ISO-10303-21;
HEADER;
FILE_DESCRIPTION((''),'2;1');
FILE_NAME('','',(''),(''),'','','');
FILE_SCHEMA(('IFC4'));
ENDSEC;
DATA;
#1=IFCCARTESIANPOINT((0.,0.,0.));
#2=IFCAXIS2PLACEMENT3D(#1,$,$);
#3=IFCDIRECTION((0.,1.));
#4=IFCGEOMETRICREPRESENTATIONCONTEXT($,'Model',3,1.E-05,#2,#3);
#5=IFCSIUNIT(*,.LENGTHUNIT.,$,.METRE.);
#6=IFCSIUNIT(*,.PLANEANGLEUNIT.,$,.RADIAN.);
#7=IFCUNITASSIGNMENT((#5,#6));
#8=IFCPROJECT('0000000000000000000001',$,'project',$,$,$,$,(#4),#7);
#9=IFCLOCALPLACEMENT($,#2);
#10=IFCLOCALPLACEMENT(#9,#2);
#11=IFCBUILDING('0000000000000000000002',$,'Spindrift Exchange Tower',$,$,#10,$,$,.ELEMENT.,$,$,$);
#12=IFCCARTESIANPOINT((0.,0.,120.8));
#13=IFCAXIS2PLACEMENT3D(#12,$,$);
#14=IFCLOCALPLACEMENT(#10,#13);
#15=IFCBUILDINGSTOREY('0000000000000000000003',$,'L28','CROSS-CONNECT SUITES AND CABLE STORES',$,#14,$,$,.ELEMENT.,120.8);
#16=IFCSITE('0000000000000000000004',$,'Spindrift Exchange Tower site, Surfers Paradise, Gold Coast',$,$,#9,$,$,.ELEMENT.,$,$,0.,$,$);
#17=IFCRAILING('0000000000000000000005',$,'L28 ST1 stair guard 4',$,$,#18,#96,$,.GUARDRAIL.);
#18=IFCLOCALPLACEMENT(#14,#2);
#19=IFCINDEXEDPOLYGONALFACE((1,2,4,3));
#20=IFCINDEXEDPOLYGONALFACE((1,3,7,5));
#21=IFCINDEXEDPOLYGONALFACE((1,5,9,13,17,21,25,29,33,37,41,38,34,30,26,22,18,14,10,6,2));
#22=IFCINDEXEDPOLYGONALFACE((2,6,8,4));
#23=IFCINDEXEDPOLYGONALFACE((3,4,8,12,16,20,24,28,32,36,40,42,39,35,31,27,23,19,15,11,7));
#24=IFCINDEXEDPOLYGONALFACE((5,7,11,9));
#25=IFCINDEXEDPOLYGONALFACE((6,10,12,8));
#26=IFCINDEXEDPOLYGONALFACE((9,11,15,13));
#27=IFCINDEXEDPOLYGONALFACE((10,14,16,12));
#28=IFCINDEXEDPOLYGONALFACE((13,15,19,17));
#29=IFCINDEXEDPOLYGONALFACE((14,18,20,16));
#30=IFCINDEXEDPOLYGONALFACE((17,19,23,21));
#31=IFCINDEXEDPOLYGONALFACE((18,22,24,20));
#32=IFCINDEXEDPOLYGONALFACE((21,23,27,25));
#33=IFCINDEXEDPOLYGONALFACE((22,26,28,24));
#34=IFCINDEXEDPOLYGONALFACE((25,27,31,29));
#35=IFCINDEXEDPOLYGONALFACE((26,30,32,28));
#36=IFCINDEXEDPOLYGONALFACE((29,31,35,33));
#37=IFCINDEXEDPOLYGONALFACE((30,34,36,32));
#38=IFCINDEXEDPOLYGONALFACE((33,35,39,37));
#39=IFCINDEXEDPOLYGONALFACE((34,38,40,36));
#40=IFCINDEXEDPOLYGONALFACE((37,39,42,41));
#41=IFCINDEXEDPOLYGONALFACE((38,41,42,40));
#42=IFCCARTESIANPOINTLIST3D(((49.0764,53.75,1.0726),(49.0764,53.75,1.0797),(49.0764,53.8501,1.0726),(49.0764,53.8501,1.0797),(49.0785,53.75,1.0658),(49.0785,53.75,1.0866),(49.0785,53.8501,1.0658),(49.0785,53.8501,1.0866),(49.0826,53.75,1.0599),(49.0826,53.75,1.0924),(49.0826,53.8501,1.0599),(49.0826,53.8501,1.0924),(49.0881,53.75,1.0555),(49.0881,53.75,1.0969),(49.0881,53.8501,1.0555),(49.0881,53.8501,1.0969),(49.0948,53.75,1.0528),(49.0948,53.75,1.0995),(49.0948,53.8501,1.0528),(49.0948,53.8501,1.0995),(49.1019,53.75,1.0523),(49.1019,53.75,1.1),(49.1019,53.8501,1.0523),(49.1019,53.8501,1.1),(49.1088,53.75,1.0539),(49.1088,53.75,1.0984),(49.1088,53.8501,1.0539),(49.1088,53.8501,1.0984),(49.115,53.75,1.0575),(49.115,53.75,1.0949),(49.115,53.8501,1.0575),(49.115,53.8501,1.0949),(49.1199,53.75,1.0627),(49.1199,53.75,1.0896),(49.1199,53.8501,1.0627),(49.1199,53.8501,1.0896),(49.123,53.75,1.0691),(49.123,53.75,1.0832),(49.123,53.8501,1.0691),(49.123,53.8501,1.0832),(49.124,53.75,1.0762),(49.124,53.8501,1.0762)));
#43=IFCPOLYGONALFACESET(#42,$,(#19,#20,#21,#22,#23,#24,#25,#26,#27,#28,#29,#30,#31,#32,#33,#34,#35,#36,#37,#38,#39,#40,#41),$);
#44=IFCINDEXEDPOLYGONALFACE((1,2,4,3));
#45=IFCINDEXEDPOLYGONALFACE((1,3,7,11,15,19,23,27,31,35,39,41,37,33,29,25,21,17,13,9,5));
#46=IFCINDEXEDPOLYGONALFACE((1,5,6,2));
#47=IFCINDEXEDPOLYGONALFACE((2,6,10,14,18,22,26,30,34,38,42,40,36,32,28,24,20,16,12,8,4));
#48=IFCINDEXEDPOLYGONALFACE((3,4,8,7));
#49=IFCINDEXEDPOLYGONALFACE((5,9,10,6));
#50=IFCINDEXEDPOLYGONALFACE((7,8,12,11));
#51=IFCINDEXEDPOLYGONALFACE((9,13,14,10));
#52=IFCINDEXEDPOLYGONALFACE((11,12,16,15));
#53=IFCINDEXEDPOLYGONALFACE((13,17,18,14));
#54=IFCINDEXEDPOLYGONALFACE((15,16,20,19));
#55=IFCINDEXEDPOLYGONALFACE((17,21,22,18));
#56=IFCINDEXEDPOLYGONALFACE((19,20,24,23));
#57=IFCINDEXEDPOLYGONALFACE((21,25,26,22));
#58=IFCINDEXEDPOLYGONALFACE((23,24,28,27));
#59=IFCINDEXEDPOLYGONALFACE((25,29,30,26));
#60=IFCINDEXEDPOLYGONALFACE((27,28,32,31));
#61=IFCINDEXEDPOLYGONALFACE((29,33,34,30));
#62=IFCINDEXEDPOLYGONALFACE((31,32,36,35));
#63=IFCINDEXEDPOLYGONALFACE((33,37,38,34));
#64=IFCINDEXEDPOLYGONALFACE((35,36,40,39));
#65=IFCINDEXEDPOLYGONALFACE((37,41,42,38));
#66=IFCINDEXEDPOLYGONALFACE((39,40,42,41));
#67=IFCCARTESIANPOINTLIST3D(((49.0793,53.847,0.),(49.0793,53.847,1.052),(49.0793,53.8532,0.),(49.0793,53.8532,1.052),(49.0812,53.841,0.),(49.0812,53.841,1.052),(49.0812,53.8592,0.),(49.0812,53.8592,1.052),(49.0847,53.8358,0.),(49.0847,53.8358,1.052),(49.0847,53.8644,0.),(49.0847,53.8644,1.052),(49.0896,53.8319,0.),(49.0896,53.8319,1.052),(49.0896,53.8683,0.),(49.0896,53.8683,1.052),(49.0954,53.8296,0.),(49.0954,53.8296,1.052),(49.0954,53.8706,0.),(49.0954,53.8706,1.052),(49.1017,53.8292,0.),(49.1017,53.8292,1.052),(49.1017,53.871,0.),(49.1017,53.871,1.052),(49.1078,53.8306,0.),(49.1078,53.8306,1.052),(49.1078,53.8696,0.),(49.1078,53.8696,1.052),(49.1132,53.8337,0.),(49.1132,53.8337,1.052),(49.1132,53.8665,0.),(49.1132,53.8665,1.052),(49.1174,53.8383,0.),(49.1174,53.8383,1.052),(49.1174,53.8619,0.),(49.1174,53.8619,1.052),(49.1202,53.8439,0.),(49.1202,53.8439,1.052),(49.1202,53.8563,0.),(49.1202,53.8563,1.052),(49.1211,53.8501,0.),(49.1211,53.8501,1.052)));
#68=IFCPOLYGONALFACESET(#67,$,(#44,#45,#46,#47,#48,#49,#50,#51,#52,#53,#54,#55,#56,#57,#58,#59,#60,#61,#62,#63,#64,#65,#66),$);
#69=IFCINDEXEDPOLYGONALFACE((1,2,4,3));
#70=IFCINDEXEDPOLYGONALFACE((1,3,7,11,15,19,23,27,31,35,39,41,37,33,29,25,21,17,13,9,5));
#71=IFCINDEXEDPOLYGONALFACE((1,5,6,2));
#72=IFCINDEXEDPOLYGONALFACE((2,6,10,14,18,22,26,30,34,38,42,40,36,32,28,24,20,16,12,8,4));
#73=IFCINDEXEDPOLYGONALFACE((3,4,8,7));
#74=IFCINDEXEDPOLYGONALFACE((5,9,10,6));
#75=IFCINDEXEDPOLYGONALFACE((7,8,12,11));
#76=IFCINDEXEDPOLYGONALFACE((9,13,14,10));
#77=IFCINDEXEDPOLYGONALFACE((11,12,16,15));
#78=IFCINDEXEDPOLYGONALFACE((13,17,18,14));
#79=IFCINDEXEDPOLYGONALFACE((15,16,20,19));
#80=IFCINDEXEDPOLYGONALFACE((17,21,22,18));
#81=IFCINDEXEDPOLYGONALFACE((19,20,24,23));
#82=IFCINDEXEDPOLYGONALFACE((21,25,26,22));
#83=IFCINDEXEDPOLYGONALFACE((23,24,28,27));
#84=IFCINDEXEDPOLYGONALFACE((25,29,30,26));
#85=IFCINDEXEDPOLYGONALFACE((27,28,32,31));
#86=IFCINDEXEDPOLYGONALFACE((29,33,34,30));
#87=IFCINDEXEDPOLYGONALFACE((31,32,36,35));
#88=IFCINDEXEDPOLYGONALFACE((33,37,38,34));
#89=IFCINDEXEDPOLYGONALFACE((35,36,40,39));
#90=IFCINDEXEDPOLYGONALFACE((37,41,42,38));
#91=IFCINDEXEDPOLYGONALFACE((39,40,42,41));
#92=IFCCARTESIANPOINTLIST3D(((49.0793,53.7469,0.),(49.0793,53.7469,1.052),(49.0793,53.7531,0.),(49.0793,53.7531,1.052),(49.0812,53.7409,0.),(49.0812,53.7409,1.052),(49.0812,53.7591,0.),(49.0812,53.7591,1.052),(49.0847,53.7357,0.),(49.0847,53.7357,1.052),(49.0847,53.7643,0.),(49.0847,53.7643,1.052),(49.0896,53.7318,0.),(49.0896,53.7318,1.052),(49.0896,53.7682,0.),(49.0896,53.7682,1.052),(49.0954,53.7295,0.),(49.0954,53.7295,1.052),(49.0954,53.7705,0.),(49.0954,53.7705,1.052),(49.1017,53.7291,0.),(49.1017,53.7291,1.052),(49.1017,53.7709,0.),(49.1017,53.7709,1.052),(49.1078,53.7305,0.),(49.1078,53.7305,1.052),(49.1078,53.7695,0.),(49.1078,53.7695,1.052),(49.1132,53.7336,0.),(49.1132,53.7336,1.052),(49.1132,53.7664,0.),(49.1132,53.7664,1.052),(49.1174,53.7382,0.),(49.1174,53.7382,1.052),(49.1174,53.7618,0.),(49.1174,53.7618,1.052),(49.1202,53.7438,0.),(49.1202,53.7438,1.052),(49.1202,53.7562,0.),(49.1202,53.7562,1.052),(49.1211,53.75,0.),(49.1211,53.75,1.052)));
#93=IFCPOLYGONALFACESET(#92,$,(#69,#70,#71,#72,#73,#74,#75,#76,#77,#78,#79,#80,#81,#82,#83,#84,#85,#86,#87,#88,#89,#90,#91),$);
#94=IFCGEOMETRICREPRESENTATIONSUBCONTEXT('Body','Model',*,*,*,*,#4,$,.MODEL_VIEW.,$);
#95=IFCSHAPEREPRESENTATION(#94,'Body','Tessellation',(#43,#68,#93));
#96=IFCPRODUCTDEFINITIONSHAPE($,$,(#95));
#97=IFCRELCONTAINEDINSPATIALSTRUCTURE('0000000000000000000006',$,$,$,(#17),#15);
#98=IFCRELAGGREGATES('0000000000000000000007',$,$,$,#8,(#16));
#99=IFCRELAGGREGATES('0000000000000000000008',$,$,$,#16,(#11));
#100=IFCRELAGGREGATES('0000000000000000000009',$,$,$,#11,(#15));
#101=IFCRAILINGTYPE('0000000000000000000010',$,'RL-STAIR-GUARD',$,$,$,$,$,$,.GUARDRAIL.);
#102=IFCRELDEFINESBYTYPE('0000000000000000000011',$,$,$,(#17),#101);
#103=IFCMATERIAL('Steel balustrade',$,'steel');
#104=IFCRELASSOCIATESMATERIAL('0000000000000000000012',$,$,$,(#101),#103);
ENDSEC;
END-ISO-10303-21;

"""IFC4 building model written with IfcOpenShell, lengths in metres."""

from ifc_helpers import new_model, si_unit, direction, frame, origin, origin_2d, place, context, subcontext, project, spatial, circle, extrude, material, type_object, element, save


model = new_model("IFC4")

# Units and contexts
model_context = context("Model", 3, precision=1e-05, world=origin(), true_north=direction((0.0, 1.0)))
body_context = subcontext(model_context, "Body", "Model", "MODEL_VIEW")
ifc_project = project(units=[si_unit("LENGTHUNIT", "METRE"), si_unit("PLANEANGLEUNIT", "RADIAN")], contexts=[model_context])

# Site, building, storey
site_placement = place(None, origin())
site = spatial("IfcSite", under=ifc_project, at=site_placement, Name="Spindrift Exchange Tower site, Surfers Paradise, Gold Coast", CompositionType="ELEMENT", RefElevation=0.0)
building_placement = place(site_placement, origin())
building = spatial("IfcBuilding", under=site, at=building_placement, Name="Spindrift Exchange Tower", CompositionType="ELEMENT")
storey_placement = place(building_placement, frame((0.0, 0.0, 120.8)))
storey = spatial("IfcBuildingStorey", under=building, at=storey_placement, Name="L28", Description="CROSS-CONNECT SUITES AND CABLE STORES", CompositionType="ELEMENT", Elevation=120.8)

# Railing
ifc_material_1 = material(Name="Steel balustrade", Category="steel")
railing_type_1 = type_object("IfcRailingType", Name="RL-STAIR-GUARD", PredefinedType="GUARDRAIL", material=ifc_material_1)
railing_1_placement = place(storey_placement, frame((49.1001, 53.8501, 0.0)))
element("IfcRailing", 1, at=railing_1_placement, inside=storey, type_object=railing_type_1, Name="L28 ST1 stair guard 4", PredefinedType="GUARDRAIL", context=body_context, shape_type="SweptSolid", body=[
    extrude(circle(Radius=0.0239, at=origin_2d()), frame((0.0, 0.0, 1.0762), z_axis=(0.0, -1.0, 0.0), x_axis=(1.0, 0.0, 0.0)), (0.0, 0.0, 1.0), 0.1001),
    extrude(circle(Radius=0.021, at=origin_2d()), origin(), (0.0, 0.0, 1.0), 1.052),
    extrude(circle(Radius=0.021, at=origin_2d()), frame((0.0, -0.1001, 0.0)), (0.0, 0.0, 1.0), 1.052),
])

save(model, "model.ifc")
